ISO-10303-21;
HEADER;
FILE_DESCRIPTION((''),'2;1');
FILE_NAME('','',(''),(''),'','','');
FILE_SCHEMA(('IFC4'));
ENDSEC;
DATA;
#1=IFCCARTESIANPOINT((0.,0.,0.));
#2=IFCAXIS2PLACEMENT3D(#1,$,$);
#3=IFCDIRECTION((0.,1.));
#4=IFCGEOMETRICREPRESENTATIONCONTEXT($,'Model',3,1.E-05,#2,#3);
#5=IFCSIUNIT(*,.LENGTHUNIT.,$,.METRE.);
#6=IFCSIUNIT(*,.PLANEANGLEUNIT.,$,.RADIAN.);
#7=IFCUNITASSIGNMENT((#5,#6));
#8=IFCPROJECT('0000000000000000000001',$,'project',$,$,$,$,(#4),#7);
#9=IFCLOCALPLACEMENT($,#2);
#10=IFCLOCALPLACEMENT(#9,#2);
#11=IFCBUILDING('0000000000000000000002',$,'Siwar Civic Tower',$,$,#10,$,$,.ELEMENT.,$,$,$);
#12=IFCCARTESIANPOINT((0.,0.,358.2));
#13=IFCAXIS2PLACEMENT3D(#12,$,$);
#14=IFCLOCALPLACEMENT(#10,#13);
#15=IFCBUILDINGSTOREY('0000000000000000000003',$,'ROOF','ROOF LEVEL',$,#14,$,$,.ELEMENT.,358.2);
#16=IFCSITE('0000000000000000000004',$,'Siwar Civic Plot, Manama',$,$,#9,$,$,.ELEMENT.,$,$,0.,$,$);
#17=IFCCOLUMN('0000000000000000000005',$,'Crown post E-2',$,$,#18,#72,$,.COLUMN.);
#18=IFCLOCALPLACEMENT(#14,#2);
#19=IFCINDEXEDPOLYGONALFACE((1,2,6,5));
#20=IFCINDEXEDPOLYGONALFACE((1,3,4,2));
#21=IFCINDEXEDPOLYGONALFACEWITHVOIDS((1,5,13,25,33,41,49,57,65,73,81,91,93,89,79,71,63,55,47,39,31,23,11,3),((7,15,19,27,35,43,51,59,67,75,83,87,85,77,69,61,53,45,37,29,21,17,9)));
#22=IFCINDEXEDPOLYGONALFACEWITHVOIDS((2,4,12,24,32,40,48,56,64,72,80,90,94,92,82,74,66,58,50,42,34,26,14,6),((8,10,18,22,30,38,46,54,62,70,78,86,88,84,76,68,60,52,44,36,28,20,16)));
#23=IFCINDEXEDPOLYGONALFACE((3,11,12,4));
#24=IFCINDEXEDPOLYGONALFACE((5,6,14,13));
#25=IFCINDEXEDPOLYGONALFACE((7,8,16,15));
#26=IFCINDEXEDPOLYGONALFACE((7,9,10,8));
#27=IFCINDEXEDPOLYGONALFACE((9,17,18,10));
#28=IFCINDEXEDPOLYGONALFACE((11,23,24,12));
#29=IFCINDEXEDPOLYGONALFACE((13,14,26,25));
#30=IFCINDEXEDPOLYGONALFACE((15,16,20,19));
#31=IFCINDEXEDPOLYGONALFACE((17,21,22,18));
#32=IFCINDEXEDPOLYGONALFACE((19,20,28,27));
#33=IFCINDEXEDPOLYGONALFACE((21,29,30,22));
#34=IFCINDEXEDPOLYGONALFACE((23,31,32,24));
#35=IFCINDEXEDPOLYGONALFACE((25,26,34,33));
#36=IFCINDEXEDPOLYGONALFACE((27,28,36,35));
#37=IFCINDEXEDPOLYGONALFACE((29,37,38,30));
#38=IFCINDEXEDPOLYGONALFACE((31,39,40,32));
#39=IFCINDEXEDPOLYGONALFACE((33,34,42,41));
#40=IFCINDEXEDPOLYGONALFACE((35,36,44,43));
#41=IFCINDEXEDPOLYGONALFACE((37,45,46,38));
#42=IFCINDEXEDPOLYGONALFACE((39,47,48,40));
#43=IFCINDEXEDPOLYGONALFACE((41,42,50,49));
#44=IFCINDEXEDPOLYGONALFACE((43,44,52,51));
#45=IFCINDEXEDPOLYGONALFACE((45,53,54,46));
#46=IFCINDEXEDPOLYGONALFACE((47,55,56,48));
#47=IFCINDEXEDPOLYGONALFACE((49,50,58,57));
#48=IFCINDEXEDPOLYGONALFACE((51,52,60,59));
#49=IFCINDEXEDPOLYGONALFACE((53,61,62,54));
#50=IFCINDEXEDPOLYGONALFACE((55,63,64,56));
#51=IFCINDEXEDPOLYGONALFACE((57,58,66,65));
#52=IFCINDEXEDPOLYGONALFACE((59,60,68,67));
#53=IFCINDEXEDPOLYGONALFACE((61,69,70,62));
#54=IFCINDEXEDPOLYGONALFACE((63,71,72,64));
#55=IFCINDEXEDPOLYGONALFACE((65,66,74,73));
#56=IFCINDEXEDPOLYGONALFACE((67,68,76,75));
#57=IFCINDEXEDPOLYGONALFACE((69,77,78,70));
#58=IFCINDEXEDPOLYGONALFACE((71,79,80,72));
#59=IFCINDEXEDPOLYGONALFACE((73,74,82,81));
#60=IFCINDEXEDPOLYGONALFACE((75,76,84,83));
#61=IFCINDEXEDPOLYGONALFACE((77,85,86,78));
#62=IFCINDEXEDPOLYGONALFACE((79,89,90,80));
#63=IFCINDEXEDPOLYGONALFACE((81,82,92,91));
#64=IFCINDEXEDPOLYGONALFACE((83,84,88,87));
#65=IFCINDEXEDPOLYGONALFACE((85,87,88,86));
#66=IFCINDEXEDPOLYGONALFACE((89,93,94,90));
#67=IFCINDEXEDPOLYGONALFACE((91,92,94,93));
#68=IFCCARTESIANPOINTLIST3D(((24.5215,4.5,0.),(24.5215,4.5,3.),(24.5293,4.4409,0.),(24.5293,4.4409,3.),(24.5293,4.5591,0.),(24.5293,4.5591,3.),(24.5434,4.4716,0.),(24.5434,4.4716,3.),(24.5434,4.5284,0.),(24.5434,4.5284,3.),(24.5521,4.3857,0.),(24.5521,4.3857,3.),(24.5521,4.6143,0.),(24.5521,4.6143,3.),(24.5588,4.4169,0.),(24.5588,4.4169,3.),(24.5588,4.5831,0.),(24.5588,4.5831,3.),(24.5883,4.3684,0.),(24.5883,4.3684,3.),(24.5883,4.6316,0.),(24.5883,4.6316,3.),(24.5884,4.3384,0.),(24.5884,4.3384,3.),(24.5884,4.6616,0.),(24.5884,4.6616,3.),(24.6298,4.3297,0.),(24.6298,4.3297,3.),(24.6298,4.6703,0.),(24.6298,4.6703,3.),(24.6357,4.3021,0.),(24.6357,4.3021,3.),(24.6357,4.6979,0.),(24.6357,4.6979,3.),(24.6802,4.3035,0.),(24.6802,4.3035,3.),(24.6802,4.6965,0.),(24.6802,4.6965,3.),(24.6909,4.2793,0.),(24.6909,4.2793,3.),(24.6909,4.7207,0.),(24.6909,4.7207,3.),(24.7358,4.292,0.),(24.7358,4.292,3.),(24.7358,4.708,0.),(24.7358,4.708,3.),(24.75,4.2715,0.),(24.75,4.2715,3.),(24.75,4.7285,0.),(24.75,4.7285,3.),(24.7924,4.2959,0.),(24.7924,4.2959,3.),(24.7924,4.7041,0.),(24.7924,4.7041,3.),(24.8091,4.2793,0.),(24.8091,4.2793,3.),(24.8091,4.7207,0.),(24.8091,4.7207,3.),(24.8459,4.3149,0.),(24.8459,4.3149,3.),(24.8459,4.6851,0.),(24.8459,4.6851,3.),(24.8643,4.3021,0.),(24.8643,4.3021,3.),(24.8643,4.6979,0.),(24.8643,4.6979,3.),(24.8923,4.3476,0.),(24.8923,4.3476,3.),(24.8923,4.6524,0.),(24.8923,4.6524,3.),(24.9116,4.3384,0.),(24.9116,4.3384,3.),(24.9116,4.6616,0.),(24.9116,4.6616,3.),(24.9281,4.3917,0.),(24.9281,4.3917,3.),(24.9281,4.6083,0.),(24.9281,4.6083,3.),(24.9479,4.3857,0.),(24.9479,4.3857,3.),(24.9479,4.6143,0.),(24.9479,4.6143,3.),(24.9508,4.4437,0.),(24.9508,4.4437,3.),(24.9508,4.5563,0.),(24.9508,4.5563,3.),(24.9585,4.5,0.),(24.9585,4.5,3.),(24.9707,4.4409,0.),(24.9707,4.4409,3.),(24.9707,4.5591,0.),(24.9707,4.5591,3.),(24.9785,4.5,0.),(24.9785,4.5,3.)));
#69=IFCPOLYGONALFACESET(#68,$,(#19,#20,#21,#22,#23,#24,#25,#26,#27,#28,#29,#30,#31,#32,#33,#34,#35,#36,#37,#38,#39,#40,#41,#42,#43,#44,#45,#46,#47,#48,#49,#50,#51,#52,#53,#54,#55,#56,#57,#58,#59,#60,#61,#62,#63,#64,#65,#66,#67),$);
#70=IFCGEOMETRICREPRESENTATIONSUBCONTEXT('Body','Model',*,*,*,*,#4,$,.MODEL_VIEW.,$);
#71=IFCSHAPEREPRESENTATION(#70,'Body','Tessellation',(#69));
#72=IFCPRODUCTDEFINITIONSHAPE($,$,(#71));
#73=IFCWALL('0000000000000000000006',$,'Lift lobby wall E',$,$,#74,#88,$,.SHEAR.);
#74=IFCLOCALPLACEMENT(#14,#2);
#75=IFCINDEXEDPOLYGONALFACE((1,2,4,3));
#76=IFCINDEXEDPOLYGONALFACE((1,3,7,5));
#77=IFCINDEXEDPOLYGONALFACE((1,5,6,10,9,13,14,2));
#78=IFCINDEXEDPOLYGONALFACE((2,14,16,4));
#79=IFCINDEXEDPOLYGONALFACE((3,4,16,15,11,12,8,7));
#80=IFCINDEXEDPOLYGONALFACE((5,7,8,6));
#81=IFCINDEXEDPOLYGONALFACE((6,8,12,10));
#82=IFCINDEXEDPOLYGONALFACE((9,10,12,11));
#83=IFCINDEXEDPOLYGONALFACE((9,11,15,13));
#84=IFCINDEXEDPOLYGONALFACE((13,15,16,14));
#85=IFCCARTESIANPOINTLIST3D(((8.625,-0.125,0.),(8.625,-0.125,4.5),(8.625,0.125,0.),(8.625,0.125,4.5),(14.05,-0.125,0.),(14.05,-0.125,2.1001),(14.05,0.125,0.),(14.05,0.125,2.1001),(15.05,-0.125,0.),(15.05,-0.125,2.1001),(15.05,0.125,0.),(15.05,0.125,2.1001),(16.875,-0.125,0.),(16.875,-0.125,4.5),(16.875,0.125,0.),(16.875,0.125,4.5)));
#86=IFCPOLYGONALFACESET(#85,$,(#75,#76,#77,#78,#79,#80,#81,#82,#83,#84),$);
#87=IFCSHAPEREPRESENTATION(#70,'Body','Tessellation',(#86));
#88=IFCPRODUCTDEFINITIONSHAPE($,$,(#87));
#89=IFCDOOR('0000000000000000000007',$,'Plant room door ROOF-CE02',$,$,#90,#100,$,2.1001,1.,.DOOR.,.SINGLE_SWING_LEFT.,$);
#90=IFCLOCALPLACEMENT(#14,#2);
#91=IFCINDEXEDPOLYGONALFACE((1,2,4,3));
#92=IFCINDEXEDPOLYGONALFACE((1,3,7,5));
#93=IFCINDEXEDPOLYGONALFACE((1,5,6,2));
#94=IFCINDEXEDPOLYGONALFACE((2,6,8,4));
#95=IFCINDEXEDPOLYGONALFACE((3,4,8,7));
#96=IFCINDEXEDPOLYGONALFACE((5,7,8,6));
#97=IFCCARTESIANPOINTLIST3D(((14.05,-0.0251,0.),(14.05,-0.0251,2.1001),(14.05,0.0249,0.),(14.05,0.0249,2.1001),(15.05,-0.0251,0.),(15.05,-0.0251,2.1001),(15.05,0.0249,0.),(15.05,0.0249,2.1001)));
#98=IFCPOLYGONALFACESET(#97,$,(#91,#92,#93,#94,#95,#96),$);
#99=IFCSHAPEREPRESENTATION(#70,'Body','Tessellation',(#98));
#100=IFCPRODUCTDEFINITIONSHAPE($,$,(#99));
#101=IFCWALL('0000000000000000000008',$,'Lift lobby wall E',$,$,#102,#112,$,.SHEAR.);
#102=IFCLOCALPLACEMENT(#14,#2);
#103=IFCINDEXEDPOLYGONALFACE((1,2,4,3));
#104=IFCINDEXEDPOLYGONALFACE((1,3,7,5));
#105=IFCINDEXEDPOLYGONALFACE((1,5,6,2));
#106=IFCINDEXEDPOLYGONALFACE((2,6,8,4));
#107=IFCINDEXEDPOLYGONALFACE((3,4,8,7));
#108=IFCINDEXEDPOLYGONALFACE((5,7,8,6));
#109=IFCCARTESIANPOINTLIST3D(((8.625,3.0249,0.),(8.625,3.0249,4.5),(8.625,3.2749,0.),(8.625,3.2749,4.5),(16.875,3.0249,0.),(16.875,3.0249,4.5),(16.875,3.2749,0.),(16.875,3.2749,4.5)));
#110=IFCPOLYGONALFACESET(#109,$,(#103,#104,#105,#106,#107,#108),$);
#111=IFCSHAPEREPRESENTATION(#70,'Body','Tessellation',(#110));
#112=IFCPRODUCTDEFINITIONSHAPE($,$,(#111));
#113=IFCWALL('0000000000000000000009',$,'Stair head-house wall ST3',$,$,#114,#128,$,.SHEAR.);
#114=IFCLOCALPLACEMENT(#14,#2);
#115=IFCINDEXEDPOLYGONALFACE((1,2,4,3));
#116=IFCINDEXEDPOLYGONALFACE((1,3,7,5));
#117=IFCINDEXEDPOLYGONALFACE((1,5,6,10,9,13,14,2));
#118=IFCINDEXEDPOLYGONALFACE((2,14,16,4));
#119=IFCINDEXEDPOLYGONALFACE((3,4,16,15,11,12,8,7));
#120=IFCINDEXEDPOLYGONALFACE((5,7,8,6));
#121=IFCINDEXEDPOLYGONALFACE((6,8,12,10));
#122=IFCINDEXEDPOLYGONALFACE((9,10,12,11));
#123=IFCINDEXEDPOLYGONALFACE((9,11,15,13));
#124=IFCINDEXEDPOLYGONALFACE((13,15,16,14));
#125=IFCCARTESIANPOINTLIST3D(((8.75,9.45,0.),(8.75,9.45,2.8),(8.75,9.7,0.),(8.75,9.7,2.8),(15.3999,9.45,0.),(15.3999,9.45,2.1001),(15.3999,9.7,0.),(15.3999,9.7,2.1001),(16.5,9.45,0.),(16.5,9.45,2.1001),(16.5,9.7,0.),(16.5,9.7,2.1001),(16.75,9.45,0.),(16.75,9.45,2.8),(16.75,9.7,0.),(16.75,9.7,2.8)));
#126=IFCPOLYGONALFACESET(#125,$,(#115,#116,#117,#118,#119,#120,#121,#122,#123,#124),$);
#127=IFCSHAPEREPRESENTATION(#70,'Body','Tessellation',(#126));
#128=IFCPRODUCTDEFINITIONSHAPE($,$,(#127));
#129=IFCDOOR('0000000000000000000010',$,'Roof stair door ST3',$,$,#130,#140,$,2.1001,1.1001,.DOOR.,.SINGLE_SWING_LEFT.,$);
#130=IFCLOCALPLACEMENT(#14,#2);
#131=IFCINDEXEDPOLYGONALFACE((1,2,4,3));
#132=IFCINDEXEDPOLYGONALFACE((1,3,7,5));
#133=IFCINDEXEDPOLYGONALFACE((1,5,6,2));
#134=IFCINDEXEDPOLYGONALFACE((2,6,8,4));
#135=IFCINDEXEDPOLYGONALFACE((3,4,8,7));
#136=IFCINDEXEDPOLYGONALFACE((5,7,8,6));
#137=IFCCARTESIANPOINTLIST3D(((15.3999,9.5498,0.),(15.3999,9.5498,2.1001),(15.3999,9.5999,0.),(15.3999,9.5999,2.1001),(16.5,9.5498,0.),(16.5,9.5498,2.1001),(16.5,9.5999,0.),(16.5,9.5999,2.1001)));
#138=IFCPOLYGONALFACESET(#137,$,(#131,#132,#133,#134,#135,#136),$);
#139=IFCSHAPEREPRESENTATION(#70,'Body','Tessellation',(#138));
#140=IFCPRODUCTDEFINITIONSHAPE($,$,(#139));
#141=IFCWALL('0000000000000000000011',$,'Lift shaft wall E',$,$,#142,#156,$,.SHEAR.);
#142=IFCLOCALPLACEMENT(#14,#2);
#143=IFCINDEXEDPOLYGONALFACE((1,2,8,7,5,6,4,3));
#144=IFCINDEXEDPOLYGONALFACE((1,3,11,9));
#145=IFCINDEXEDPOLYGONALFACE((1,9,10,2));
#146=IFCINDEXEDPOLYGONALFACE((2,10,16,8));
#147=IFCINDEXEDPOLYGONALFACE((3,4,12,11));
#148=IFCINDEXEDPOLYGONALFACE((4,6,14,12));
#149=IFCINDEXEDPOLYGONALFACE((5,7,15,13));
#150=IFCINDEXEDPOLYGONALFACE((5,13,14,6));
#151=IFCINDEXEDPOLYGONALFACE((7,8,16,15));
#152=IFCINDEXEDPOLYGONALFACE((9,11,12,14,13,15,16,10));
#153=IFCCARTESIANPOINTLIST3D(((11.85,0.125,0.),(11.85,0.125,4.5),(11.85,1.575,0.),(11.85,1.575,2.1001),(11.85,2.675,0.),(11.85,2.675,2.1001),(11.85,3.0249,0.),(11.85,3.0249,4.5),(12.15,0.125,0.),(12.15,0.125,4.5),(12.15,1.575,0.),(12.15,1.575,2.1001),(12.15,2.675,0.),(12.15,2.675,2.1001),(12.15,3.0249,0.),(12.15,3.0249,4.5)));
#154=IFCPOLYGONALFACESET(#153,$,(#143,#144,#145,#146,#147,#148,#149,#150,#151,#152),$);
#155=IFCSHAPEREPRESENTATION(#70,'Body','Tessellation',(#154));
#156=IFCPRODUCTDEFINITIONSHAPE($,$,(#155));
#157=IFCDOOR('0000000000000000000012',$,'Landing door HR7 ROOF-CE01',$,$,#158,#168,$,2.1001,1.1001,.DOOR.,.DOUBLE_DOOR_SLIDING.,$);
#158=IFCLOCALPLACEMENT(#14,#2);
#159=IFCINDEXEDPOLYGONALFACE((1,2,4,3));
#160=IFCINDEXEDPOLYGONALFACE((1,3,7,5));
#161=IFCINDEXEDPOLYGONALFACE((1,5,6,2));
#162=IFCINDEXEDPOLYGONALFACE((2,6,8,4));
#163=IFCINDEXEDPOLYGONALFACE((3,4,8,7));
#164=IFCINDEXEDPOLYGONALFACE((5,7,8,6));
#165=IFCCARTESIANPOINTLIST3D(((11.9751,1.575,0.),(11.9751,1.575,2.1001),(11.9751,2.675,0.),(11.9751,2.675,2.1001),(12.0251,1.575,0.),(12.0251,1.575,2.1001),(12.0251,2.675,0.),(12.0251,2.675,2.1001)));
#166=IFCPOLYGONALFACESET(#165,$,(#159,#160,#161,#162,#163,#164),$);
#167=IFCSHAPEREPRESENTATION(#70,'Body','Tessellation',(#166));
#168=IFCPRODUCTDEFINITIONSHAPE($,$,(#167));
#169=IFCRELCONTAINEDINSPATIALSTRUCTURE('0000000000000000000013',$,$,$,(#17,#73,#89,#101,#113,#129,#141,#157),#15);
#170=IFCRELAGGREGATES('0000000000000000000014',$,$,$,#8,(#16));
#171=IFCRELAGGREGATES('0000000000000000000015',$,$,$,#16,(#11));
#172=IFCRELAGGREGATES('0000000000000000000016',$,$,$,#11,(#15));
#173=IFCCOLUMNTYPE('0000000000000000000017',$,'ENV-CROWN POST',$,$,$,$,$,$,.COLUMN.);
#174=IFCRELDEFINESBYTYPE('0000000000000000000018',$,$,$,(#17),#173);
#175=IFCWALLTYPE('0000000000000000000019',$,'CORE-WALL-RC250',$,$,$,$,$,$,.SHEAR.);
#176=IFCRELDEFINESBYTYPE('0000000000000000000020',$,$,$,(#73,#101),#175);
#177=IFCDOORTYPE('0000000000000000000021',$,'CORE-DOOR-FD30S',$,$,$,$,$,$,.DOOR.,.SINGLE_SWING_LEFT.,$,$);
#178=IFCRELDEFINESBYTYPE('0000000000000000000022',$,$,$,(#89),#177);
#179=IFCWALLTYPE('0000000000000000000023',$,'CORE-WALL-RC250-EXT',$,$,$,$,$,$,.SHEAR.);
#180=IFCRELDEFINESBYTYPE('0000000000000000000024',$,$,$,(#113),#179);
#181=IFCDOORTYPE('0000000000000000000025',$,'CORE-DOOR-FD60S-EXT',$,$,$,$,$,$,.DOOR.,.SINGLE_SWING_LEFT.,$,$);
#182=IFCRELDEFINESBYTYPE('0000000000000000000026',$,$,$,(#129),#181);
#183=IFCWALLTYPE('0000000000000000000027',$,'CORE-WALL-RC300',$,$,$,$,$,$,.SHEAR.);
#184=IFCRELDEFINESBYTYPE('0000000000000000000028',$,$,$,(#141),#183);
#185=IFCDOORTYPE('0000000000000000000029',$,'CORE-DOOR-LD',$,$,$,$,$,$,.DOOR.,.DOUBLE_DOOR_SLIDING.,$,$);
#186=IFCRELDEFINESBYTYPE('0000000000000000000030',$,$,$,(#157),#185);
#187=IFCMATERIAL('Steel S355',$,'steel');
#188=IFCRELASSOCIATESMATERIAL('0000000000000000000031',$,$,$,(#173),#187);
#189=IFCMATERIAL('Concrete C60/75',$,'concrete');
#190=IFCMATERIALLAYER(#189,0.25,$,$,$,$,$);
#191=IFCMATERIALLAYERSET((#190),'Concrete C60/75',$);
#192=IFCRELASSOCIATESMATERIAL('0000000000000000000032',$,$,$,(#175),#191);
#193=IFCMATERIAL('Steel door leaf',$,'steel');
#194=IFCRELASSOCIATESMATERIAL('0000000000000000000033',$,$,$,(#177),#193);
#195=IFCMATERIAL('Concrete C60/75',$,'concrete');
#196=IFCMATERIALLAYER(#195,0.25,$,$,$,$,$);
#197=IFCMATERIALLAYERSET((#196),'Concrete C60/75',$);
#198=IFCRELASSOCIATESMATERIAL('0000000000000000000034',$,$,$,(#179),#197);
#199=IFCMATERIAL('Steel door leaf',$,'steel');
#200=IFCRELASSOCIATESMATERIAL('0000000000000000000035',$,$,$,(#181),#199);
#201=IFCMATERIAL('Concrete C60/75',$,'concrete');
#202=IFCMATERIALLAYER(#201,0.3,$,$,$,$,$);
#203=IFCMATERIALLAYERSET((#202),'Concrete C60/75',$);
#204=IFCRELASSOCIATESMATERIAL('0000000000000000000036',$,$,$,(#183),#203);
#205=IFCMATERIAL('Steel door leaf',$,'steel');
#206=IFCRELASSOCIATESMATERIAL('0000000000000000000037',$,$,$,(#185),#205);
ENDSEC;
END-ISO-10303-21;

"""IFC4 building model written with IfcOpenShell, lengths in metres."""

from ifc_helpers import new_model, si_unit, direction, frame, frame_2d, origin, origin_2d, place, context, subcontext, project, spatial, rectangle, hollow_circle, extrude, material, layer, layer_set, material_profile, profile_set, type_object, element, fill, save


model = new_model("IFC4")

# Units and contexts
model_context = context("Model", 3, precision=1e-05, world=origin(), true_north=direction((0.0, 1.0)))
body_context = subcontext(model_context, "Body", "Model", "MODEL_VIEW")
ifc_project = project(units=[si_unit("LENGTHUNIT", "METRE"), si_unit("PLANEANGLEUNIT", "RADIAN")], contexts=[model_context])

# Site, building, storey
site_placement = place(None, origin())
site = spatial("IfcSite", under=ifc_project, at=site_placement, Name="Siwar Civic Plot, Manama", CompositionType="ELEMENT", RefElevation=0.0)
building_placement = place(site_placement, origin())
building = spatial("IfcBuilding", under=site, at=building_placement, Name="Siwar Civic Tower", CompositionType="ELEMENT")
storey_placement = place(building_placement, frame((0.0, 0.0, 358.2)))
storey = spatial("IfcBuildingStorey", under=building, at=storey_placement, Name="ROOF", Description="ROOF LEVEL", CompositionType="ELEMENT", Elevation=358.2)

# Column
ifc_material_1 = material(Name="Steel S355", Category="steel")
ifc_material_profile = material_profile(ifc_material_1, hollow_circle(Radius=0.2285, WallThickness=0.02, at=origin_2d()), Name="CHS457x20")
ifc_profile_set = profile_set([ifc_material_profile], Name="Steel S355")
column_type = type_object("IfcColumnType", Name="ENV-CROWN POST", PredefinedType="COLUMN", material=ifc_profile_set)
column_placement = place(storey_placement, frame((24.75, 4.5, 0.0), z_axis=(0.0, 0.0, 1.0), x_axis=(1.0, 0.0, 0.0)))
element("IfcColumn", 1, at=column_placement, inside=storey, type_object=column_type, Name="Crown post E-2", PredefinedType="COLUMN", context=body_context, shape_type="SweptSolid", body=[
    extrude(hollow_circle(Radius=0.2285, WallThickness=0.02, at=origin_2d()), origin(), (0.0, 0.0, 1.0), 3.0),
])

# Wall, opening, door
ifc_material_2 = material(Name="Concrete C60/75", Category="concrete")
ifc_layer_1 = layer(ifc_material_2, 0.25)
ifc_layer_set_1 = layer_set([ifc_layer_1], Name="Concrete C60/75")
wall_type_1 = type_object("IfcWallType", Name="CORE-WALL-RC250", PredefinedType="SHEAR", material=ifc_layer_set_1)
wall_1_placement = place(storey_placement, frame((8.625, 0.0, 0.0), z_axis=(0.0, 0.0, 1.0), x_axis=(1.0, 0.0, 0.0)))
wall_1 = element("IfcWall", 2, at=wall_1_placement, inside=storey, type_object=wall_type_1, Name="Lift lobby wall E", PredefinedType="SHEAR", context=body_context, shape_type="SweptSolid", body=[
    extrude(rectangle(XDim=8.25, YDim=0.25, at=frame_2d((4.125, 0.0))), origin(), (0.0, 0.0, 1.0), 4.5),
])
opening_1_placement = place(wall_1_placement, frame((5.425, 0.0, 0.0)))
opening_1 = element("IfcOpeningElement", 3, at=opening_1_placement, cuts=wall_1, PredefinedType="OPENING", context=body_context, shape_type="SweptSolid", body=[
    extrude(rectangle(XDim=1.0, YDim=2.1001, at=frame_2d((0.5, 1.05))), frame((0.0, 0.135, 0.0), z_axis=(0.0, -1.0, 0.0), x_axis=(1.0, 0.0, 0.0)), (0.0, 0.0, 1.0), 0.27),
])
ifc_material_3 = material(Name="Steel door leaf", Category="steel")
door_type_1 = type_object("IfcDoorType", Name="CORE-DOOR-FD30S", OperationType="SINGLE_SWING_LEFT", PredefinedType="DOOR", material=ifc_material_3)
door_1_placement = place(opening_1_placement, origin())
door_1 = element("IfcDoor", 4, at=door_1_placement, inside=storey, type_object=door_type_1, Name="Plant room door ROOF-CE02", OperationType="SINGLE_SWING_LEFT", OverallHeight=2.1001, OverallWidth=1.0, PredefinedType="DOOR", context=body_context, shape_type="SweptSolid", body=[
    extrude(rectangle(XDim=1.0, YDim=2.1001, at=frame_2d((0.5, 1.05))), frame((0.0, 0.0249, 0.0), z_axis=(0.0, -1.0, 0.0), x_axis=(1.0, 0.0, 0.0)), (0.0, 0.0, 1.0), 0.05),
])
fill(opening_1, door_1)

# Wall
wall_2_placement = place(storey_placement, frame((8.625, 3.1499, 0.0), z_axis=(0.0, 0.0, 1.0), x_axis=(1.0, 0.0, 0.0)))
element("IfcWall", 5, at=wall_2_placement, inside=storey, type_object=wall_type_1, Name="Lift lobby wall E", PredefinedType="SHEAR", context=body_context, shape_type="SweptSolid", body=[
    extrude(rectangle(XDim=8.25, YDim=0.25, at=frame_2d((4.125, 0.0))), origin(), (0.0, 0.0, 1.0), 4.5),
])

# Walls, openings, doors
ifc_material_4 = material(Name="Concrete C60/75", Category="concrete")
ifc_layer_2 = layer(ifc_material_4, 0.25)
ifc_layer_set_2 = layer_set([ifc_layer_2], Name="Concrete C60/75")
wall_type_2 = type_object("IfcWallType", Name="CORE-WALL-RC250-EXT", PredefinedType="SHEAR", material=ifc_layer_set_2)
wall_3_placement = place(storey_placement, frame((8.75, 9.575, 0.0), z_axis=(0.0, 0.0, 1.0), x_axis=(1.0, 0.0, 0.0)))
wall_3 = element("IfcWall", 6, at=wall_3_placement, inside=storey, type_object=wall_type_2, Name="Stair head-house wall ST3", PredefinedType="SHEAR", context=body_context, shape_type="SweptSolid", body=[
    extrude(rectangle(XDim=8.0, YDim=0.25, at=frame_2d((4.0, 0.0))), origin(), (0.0, 0.0, 1.0), 2.8),
])
opening_2_placement = place(wall_3_placement, frame((6.6499, 0.0, 0.0)))
opening_2 = element("IfcOpeningElement", 7, at=opening_2_placement, cuts=wall_3, PredefinedType="OPENING", context=body_context, shape_type="SweptSolid", body=[
    extrude(rectangle(XDim=1.1001, YDim=2.1001, at=frame_2d((0.55, 1.05))), frame((0.0, 0.135, 0.0), z_axis=(0.0, -1.0, 0.0), x_axis=(1.0, 0.0, 0.0)), (0.0, 0.0, 1.0), 0.27),
])
ifc_material_5 = material(Name="Steel door leaf", Category="steel")
door_type_2 = type_object("IfcDoorType", Name="CORE-DOOR-FD60S-EXT", OperationType="SINGLE_SWING_LEFT", PredefinedType="DOOR", material=ifc_material_5)
door_2_placement = place(opening_2_placement, origin())
door_2 = element("IfcDoor", 8, at=door_2_placement, inside=storey, type_object=door_type_2, Name="Roof stair door ST3", OperationType="SINGLE_SWING_LEFT", OverallHeight=2.1001, OverallWidth=1.1001, PredefinedType="DOOR", context=body_context, shape_type="SweptSolid", body=[
    extrude(rectangle(XDim=1.1001, YDim=2.1001, at=frame_2d((0.55, 1.05))), frame((0.0, 0.0249, 0.0), z_axis=(0.0, -1.0, 0.0), x_axis=(1.0, 0.0, 0.0)), (0.0, 0.0, 1.0), 0.05),
])
fill(opening_2, door_2)
ifc_material_6 = material(Name="Concrete C60/75", Category="concrete")
ifc_layer_3 = layer(ifc_material_6, 0.3)
ifc_layer_set_3 = layer_set([ifc_layer_3], Name="Concrete C60/75")
wall_type_3 = type_object("IfcWallType", Name="CORE-WALL-RC300", PredefinedType="SHEAR", material=ifc_layer_set_3)
wall_4_placement = place(storey_placement, frame((12.0, 0.125, 0.0), z_axis=(0.0, 0.0, 1.0), x_axis=(0.0, 1.0, 0.0)))
wall_4 = element("IfcWall", 9, at=wall_4_placement, inside=storey, type_object=wall_type_3, Name="Lift shaft wall E", PredefinedType="SHEAR", context=body_context, shape_type="SweptSolid", body=[
    extrude(rectangle(XDim=2.8999, YDim=0.3, at=frame_2d((1.45, 0.0))), origin(), (0.0, 0.0, 1.0), 4.5),
])
opening_3_placement = place(wall_4_placement, frame((1.45, 0.0, 0.0)))
opening_3 = element("IfcOpeningElement", 10, at=opening_3_placement, cuts=wall_4, PredefinedType="OPENING", context=body_context, shape_type="SweptSolid", body=[
    extrude(rectangle(XDim=1.1001, YDim=2.1001, at=frame_2d((0.55, 1.05))), frame((0.0, 0.1602, 0.0), z_axis=(0.0, -1.0, 0.0), x_axis=(1.0, 0.0, 0.0)), (0.0, 0.0, 1.0), 0.3201),
])
ifc_material_7 = material(Name="Steel door leaf", Category="steel")
door_type_3 = type_object("IfcDoorType", Name="CORE-DOOR-LD", OperationType="DOUBLE_DOOR_SLIDING", PredefinedType="DOOR", material=ifc_material_7)
door_3_placement = place(opening_3_placement, origin())
door_3 = element("IfcDoor", 11, at=door_3_placement, inside=storey, type_object=door_type_3, Name="Landing door HR7 ROOF-CE01", OperationType="DOUBLE_DOOR_SLIDING", OverallHeight=2.1001, OverallWidth=1.1001, PredefinedType="DOOR", context=body_context, shape_type="SweptSolid", body=[
    extrude(rectangle(XDim=1.1001, YDim=2.1001, at=frame_2d((0.55, 1.05))), frame((0.0, 0.0249, 0.0), z_axis=(0.0, -1.0, 0.0), x_axis=(1.0, 0.0, 0.0)), (0.0, 0.0, 1.0), 0.05),
])
fill(opening_3, door_3)

save(model, "model.ifc")
